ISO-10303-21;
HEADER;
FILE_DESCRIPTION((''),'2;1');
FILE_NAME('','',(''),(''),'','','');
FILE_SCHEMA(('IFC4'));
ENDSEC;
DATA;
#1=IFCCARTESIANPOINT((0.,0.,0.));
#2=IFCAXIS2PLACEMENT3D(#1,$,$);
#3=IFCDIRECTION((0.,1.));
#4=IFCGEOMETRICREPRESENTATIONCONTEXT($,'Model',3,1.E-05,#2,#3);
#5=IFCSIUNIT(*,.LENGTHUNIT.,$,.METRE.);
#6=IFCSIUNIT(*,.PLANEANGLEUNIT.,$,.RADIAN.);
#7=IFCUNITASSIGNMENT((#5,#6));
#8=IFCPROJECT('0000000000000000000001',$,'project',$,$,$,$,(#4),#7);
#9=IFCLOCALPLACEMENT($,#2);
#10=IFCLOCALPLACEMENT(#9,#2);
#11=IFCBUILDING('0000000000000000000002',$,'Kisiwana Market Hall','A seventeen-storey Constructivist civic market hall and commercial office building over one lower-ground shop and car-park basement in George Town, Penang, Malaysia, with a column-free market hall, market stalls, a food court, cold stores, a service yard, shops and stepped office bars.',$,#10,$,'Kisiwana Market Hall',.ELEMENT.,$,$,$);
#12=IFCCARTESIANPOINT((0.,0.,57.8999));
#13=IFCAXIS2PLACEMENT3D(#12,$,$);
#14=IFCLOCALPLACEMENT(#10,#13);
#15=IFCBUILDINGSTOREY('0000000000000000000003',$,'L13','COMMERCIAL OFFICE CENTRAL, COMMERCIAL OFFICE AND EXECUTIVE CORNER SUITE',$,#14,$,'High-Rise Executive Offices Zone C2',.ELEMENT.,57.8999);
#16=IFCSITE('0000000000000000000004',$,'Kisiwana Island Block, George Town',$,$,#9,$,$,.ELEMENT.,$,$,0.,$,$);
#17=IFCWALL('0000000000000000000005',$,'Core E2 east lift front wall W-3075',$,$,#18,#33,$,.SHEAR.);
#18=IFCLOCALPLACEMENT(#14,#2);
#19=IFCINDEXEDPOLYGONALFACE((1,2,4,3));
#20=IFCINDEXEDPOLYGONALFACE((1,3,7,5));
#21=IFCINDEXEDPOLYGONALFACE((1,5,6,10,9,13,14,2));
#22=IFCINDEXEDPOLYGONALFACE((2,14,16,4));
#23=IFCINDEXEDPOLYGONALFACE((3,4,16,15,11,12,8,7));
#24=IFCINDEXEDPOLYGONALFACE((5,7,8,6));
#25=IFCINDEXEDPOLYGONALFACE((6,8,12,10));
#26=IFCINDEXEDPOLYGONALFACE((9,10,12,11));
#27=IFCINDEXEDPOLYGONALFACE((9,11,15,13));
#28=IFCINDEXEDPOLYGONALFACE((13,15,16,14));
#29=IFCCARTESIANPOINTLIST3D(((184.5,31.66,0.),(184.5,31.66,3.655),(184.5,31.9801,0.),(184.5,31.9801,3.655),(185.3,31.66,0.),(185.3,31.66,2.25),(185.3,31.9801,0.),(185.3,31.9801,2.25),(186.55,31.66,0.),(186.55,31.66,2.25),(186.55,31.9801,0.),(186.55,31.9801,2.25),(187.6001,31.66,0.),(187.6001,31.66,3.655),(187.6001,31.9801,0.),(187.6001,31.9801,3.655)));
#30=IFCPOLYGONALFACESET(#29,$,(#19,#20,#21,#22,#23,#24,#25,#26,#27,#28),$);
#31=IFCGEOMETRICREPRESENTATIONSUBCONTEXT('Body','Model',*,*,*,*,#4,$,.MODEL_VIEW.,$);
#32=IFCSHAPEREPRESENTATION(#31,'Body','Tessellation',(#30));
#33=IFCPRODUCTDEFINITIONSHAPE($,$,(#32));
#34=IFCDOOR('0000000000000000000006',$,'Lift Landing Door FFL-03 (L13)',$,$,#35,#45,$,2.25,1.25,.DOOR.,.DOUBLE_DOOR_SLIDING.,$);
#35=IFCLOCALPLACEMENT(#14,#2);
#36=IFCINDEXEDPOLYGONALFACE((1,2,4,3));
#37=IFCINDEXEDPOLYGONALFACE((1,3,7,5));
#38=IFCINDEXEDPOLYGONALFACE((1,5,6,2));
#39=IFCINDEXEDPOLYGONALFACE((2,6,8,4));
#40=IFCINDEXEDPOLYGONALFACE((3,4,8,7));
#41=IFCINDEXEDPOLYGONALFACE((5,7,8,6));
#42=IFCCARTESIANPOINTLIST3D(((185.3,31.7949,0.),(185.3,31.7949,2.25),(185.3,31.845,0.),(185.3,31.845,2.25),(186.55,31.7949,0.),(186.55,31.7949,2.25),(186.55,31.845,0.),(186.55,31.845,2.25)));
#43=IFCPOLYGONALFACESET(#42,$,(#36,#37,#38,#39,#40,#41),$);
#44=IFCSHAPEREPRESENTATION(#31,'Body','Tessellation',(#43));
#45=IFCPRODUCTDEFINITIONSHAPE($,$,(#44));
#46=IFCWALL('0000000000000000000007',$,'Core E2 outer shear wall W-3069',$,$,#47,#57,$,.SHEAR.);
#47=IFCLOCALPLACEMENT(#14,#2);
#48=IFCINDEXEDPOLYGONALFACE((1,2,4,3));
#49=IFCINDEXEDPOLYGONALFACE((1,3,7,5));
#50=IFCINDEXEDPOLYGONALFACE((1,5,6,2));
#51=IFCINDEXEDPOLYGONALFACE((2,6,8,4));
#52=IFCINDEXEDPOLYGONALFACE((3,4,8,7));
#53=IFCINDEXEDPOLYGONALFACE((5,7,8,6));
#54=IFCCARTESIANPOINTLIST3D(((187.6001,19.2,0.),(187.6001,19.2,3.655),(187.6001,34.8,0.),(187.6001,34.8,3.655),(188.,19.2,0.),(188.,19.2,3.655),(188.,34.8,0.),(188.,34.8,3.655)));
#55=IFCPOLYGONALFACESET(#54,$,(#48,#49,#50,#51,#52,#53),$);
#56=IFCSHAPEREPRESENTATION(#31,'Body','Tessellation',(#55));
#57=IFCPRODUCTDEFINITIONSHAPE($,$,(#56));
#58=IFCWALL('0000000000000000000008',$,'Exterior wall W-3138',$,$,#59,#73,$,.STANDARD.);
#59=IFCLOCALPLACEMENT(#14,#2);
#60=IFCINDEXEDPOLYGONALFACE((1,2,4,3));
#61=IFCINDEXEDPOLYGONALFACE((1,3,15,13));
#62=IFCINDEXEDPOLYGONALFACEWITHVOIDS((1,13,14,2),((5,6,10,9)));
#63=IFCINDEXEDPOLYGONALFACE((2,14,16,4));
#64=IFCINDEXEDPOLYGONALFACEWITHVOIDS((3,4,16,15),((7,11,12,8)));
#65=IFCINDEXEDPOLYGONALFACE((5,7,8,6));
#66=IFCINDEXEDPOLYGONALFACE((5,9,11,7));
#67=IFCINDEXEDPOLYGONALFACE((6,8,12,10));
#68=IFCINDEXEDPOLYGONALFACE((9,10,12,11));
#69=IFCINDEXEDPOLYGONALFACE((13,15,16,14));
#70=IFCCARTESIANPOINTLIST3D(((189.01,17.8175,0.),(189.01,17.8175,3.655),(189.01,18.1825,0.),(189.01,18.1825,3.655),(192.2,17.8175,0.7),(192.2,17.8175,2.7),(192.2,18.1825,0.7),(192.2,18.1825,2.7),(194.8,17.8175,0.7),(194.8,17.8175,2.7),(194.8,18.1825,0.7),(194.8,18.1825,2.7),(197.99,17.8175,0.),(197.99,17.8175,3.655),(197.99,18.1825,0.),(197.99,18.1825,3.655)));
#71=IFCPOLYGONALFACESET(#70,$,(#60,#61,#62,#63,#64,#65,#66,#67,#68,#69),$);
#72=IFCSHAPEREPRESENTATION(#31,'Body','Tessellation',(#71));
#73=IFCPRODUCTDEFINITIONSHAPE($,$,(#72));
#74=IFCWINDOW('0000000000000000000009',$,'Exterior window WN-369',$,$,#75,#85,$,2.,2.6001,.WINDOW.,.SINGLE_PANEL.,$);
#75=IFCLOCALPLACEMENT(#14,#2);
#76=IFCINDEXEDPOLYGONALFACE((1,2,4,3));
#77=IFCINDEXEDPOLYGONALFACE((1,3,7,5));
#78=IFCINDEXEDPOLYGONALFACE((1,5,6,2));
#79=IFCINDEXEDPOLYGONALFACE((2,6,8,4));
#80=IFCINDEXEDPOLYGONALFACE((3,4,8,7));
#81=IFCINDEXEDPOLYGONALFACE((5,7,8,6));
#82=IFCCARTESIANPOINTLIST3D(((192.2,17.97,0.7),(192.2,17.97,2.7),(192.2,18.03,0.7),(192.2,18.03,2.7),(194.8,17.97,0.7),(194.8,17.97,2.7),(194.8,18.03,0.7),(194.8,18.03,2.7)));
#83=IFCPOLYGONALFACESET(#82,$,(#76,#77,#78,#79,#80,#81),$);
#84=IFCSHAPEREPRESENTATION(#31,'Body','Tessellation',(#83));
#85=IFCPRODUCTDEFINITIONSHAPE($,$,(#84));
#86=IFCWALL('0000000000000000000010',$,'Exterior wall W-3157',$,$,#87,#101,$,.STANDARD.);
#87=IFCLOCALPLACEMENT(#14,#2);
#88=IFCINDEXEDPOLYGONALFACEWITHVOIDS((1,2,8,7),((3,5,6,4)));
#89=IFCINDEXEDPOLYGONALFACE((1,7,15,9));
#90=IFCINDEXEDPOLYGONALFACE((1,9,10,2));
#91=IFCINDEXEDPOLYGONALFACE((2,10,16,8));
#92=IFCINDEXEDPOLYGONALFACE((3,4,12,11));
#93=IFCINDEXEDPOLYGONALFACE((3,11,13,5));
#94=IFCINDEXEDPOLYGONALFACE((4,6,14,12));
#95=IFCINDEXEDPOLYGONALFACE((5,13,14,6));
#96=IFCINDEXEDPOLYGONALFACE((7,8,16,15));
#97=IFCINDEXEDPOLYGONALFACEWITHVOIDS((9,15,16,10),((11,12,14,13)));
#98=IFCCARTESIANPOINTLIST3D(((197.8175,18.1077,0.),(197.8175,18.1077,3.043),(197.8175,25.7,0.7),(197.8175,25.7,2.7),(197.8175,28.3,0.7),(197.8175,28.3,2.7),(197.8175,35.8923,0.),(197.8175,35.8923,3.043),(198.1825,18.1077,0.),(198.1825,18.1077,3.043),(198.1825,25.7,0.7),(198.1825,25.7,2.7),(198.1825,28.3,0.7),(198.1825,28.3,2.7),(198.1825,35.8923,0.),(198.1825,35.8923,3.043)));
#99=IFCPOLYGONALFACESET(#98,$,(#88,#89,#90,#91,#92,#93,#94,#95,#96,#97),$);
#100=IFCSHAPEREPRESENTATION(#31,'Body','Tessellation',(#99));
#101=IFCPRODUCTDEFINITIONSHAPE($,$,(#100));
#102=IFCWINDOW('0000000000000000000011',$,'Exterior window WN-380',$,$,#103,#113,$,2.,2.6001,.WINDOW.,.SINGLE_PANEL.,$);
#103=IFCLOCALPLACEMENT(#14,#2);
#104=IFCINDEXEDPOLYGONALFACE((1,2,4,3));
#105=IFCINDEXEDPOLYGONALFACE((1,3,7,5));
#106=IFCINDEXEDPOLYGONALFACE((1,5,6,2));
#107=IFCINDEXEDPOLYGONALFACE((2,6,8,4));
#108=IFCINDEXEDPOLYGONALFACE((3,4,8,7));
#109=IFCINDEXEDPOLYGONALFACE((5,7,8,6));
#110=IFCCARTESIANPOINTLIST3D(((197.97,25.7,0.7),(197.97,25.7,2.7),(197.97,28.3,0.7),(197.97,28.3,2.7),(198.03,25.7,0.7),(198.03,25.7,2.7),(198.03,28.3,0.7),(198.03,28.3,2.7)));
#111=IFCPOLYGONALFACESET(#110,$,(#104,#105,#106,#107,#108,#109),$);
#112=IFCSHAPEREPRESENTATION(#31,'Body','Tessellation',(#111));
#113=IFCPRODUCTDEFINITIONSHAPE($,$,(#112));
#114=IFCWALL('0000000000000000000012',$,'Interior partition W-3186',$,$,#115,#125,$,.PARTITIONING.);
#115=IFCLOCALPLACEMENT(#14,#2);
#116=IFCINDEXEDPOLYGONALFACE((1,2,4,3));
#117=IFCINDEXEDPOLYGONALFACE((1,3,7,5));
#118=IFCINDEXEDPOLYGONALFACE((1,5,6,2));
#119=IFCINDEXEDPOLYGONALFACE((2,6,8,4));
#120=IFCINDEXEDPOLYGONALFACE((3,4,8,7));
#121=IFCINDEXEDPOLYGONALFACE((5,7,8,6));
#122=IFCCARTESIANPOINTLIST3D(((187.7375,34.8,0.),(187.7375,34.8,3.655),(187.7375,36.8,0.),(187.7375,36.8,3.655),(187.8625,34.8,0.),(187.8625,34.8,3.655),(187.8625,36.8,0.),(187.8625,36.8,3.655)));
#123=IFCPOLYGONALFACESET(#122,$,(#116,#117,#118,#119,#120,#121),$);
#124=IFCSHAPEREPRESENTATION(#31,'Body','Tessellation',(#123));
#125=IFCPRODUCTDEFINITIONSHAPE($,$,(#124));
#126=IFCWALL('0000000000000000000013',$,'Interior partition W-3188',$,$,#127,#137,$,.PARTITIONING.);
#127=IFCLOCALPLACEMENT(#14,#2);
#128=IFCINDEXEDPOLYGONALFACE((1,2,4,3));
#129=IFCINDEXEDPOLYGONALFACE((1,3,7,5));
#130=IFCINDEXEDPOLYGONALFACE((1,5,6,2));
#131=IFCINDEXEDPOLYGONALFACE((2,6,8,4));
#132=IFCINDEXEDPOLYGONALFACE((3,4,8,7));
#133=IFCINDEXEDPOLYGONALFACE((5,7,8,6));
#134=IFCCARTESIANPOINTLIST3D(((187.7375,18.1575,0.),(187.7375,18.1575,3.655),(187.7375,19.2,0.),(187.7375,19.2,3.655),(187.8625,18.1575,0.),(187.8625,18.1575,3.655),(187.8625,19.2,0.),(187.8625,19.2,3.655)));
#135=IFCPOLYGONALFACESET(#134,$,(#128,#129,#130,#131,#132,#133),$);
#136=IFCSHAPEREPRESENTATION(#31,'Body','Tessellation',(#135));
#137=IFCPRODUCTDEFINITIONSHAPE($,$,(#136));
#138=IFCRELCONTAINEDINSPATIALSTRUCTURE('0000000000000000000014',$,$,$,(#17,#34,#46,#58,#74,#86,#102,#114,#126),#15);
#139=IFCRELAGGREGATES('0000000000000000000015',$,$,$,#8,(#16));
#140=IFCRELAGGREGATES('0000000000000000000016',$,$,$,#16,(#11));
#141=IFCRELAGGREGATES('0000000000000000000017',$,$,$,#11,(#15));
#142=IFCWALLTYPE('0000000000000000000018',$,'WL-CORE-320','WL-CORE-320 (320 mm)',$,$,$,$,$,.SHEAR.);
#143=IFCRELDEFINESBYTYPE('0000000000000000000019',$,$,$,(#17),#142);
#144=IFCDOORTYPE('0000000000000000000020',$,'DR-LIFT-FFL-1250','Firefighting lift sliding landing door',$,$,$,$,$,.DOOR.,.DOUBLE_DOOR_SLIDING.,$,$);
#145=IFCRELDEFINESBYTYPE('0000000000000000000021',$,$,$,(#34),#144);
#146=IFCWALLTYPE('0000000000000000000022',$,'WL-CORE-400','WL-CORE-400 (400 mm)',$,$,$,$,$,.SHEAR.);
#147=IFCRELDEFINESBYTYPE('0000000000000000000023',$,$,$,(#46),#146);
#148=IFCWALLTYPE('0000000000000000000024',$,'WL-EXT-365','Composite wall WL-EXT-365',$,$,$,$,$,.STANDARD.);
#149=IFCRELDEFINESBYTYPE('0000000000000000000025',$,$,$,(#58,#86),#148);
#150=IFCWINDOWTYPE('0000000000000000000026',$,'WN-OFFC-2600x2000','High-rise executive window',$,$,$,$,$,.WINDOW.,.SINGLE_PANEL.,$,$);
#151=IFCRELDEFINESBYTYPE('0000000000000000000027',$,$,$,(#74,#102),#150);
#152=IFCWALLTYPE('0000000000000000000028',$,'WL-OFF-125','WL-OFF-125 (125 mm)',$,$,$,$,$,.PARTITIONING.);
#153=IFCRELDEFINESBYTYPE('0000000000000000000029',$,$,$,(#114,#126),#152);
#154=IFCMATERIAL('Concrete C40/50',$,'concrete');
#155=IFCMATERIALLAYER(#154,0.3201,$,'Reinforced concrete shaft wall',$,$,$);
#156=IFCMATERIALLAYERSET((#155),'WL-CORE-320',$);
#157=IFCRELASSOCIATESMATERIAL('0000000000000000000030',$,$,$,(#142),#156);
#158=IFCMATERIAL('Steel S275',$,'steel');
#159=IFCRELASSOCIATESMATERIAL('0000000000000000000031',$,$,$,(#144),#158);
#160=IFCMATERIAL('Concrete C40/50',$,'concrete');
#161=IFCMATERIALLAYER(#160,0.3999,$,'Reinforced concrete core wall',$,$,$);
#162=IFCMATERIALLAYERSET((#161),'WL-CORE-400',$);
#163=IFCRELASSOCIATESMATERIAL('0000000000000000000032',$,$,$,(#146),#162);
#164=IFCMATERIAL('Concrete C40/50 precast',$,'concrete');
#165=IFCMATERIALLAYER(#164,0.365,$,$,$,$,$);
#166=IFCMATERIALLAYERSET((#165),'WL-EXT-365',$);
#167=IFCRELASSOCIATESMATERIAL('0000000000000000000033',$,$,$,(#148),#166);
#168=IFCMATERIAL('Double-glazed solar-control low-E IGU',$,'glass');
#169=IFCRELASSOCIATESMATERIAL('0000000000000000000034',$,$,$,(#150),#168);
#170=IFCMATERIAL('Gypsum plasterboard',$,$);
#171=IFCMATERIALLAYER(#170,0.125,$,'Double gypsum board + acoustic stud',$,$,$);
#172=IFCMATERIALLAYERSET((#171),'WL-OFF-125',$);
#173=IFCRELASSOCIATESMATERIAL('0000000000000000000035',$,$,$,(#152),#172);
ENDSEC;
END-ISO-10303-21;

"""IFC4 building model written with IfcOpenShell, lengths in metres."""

from ifc_helpers import new_model, si_unit, direction, frame, frame_2d, origin, place, context, subcontext, project, spatial, rectangle, extrude, material, layer, layer_set, type_object, element, fill, save


model = new_model("IFC4")

# Units and contexts
model_context = context("Model", 3, precision=1e-05, world=origin(), true_north=direction((0.0, 1.0)))
body_context = subcontext(model_context, "Body", "Model", "MODEL_VIEW")
ifc_project = project(units=[si_unit("LENGTHUNIT", "METRE"), si_unit("PLANEANGLEUNIT", "RADIAN")], contexts=[model_context])

# Site, building, storey
site_placement = place(None, origin())
site = spatial("IfcSite", under=ifc_project, at=site_placement, Name="Kisiwana Island Block, George Town", CompositionType="ELEMENT", RefElevation=0.0)
building_placement = place(site_placement, origin())
building = spatial("IfcBuilding", under=site, at=building_placement, Name="Kisiwana Market Hall", Description="A seventeen-storey Constructivist civic market hall and commercial office building over one lower-ground shop and car-park basement in George Town, Penang, Malaysia, with a column-free market hall, market stalls, a food court, cold stores, a service yard, shops and stepped office bars.", LongName="Kisiwana Market Hall", CompositionType="ELEMENT")
storey_placement = place(building_placement, frame((0.0, 0.0, 57.8999)))
storey = spatial("IfcBuildingStorey", under=building, at=storey_placement, Name="L13", Description="COMMERCIAL OFFICE CENTRAL, COMMERCIAL OFFICE AND EXECUTIVE CORNER SUITE", LongName="High-Rise Executive Offices Zone C2", CompositionType="ELEMENT", Elevation=57.8999)

# Shared definitions
ifc_material_1 = material(Name="Concrete C40/50", Category="concrete")
ifc_layer_1 = layer(ifc_material_1, 0.3201, Name="Reinforced concrete shaft wall")
ifc_layer_set_1 = layer_set([ifc_layer_1], Name="WL-CORE-320")
wall_type_1 = type_object("IfcWallType", Name="WL-CORE-320", Description="WL-CORE-320 (320 mm)", PredefinedType="SHEAR", material=ifc_layer_set_1)

# Wall, opening, door
wall_1_placement = place(storey_placement, frame((184.5, 31.8201, 0.0), z_axis=(0.0, 0.0, 1.0), x_axis=(1.0, 0.0, 0.0)))
wall_1 = element("IfcWall", 1, at=wall_1_placement, inside=storey, type_object=wall_type_1, Name="Core E2 east lift front wall W-3075", PredefinedType="SHEAR", context=body_context, shape_type="SweptSolid", body=[
    extrude(rectangle(XDim=3.1001, YDim=0.3201, at=frame_2d((1.55, 0.0))), origin(), (0.0, 0.0, 1.0), 3.655),
])
opening_1_placement = place(wall_1_placement, frame((0.8, 0.0, 0.0)))
opening_1 = element("IfcOpeningElement", 2, at=opening_1_placement, cuts=wall_1, PredefinedType="OPENING", context=body_context, shape_type="SweptSolid", body=[
    extrude(rectangle(XDim=1.25, YDim=2.25, at=frame_2d((0.625, 1.125))), frame((0.0, 0.1719, 0.0), z_axis=(0.0, -1.0, 0.0), x_axis=(1.0, 0.0, 0.0)), (0.0, 0.0, 1.0), 0.344),
])
ifc_material_2 = material(Name="Steel S275", Category="steel")
door_type_1 = type_object("IfcDoorType", Name="DR-LIFT-FFL-1250", Description="Firefighting lift sliding landing door", OperationType="DOUBLE_DOOR_SLIDING", PredefinedType="DOOR", material=ifc_material_2)
door_1_placement = place(opening_1_placement, origin())
door_1 = element("IfcDoor", 3, at=door_1_placement, inside=storey, type_object=door_type_1, Name="Lift Landing Door FFL-03 (L13)", OperationType="DOUBLE_DOOR_SLIDING", OverallHeight=2.25, OverallWidth=1.25, PredefinedType="DOOR", context=body_context, shape_type="SweptSolid", body=[
    extrude(rectangle(XDim=1.25, YDim=2.25, at=frame_2d((0.625, 1.125))), frame((0.0, 0.0249, 0.0), z_axis=(0.0, -1.0, 0.0), x_axis=(1.0, 0.0, 0.0)), (0.0, 0.0, 1.0), 0.05),
])
fill(opening_1, door_1)

# Wall
ifc_material_3 = material(Name="Concrete C40/50", Category="concrete")
ifc_layer_2 = layer(ifc_material_3, 0.3999, Name="Reinforced concrete core wall")
ifc_layer_set_2 = layer_set([ifc_layer_2], Name="WL-CORE-400")
wall_type_2 = type_object("IfcWallType", Name="WL-CORE-400", Description="WL-CORE-400 (400 mm)", PredefinedType="SHEAR", material=ifc_layer_set_2)
wall_2_placement = place(storey_placement, frame((187.8, 19.2, 0.0), z_axis=(0.0, 0.0, 1.0), x_axis=(0.0, 1.0, 0.0)))
element("IfcWall", 4, at=wall_2_placement, inside=storey, type_object=wall_type_2, Name="Core E2 outer shear wall W-3069", PredefinedType="SHEAR", context=body_context, shape_type="SweptSolid", body=[
    extrude(rectangle(XDim=15.6001, YDim=0.3999, at=frame_2d((7.8, 0.0))), origin(), (0.0, 0.0, 1.0), 3.655),
])

# Walls, openings, windows
ifc_material_4 = material(Name="Concrete C40/50 precast", Category="concrete")
ifc_layer_3 = layer(ifc_material_4, 0.365)
ifc_layer_set_3 = layer_set([ifc_layer_3], Name="WL-EXT-365")
wall_type_3 = type_object("IfcWallType", Name="WL-EXT-365", Description="Composite wall WL-EXT-365", PredefinedType="STANDARD", material=ifc_layer_set_3)
wall_3_placement = place(storey_placement, frame((189.01, 18.0, 0.0), z_axis=(0.0, 0.0, 1.0), x_axis=(1.0, 0.0, 0.0)))
wall_3 = element("IfcWall", 5, at=wall_3_placement, inside=storey, type_object=wall_type_3, Name="Exterior wall W-3138", PredefinedType="STANDARD", context=body_context, shape_type="SweptSolid", body=[
    extrude(rectangle(XDim=8.98, YDim=0.365, at=frame_2d((4.49, 0.0))), origin(), (0.0, 0.0, 1.0), 3.655),
])
opening_2_placement = place(wall_3_placement, frame((3.1899, 0.0, 0.7)))
opening_2 = element("IfcOpeningElement", 6, at=opening_2_placement, cuts=wall_3, PredefinedType="OPENING", context=body_context, shape_type="SweptSolid", body=[
    extrude(rectangle(XDim=2.6001, YDim=2.0, at=frame_2d((1.3, 1.0))), frame((0.0, 0.1943, 0.0), z_axis=(0.0, -1.0, 0.0), x_axis=(1.0, 0.0, 0.0)), (0.0, 0.0, 1.0), 0.3889),
])
ifc_material_5 = material(Name="Double-glazed solar-control low-E IGU", Category="glass")
window_type = type_object("IfcWindowType", Name="WN-OFFC-2600x2000", Description="High-rise executive window", PartitioningType="SINGLE_PANEL", PredefinedType="WINDOW", material=ifc_material_5)
window_1_placement = place(opening_2_placement, origin())
window_1 = element("IfcWindow", 7, at=window_1_placement, inside=storey, type_object=window_type, Name="Exterior window WN-369", OverallHeight=2.0, OverallWidth=2.6001, PartitioningType="SINGLE_PANEL", PredefinedType="WINDOW", context=body_context, shape_type="SweptSolid", body=[
    extrude(rectangle(XDim=2.6001, YDim=2.0, at=frame_2d((1.3, 1.0))), frame((0.0, 0.03, 0.0), z_axis=(0.0, -1.0, 0.0), x_axis=(1.0, 0.0, 0.0)), (0.0, 0.0, 1.0), 0.0601),
])
fill(opening_2, window_1)
wall_4_placement = place(storey_placement, frame((198.0, 18.1077, 0.0), z_axis=(0.0, 0.0, 1.0), x_axis=(0.0, 1.0, 0.0)))
wall_4 = element("IfcWall", 8, at=wall_4_placement, inside=storey, type_object=wall_type_3, Name="Exterior wall W-3157", PredefinedType="STANDARD", context=body_context, shape_type="SweptSolid", body=[
    extrude(rectangle(XDim=17.7847, YDim=0.365, at=frame_2d((8.8923, 0.0))), origin(), (0.0, 0.0, 1.0), 3.043),
])
opening_3_placement = place(wall_4_placement, frame((7.5923, 0.0, 0.7)))
opening_3 = element("IfcOpeningElement", 9, at=opening_3_placement, cuts=wall_4, PredefinedType="OPENING", context=body_context, shape_type="SweptSolid", body=[
    extrude(rectangle(XDim=2.6001, YDim=2.0, at=frame_2d((1.3, 1.0))), frame((0.0, 0.1943, 0.0), z_axis=(0.0, -1.0, 0.0), x_axis=(1.0, 0.0, 0.0)), (0.0, 0.0, 1.0), 0.3889),
])
window_2_placement = place(opening_3_placement, origin())
window_2 = element("IfcWindow", 10, at=window_2_placement, inside=storey, type_object=window_type, Name="Exterior window WN-380", OverallHeight=2.0, OverallWidth=2.6001, PartitioningType="SINGLE_PANEL", PredefinedType="WINDOW", context=body_context, shape_type="SweptSolid", body=[
    extrude(rectangle(XDim=2.6001, YDim=2.0, at=frame_2d((1.3, 1.0))), frame((0.0, 0.03, 0.0), z_axis=(0.0, -1.0, 0.0), x_axis=(1.0, 0.0, 0.0)), (0.0, 0.0, 1.0), 0.0601),
])
fill(opening_3, window_2)

# Walls
ifc_material_6 = material(Name="Gypsum plasterboard")
ifc_layer_4 = layer(ifc_material_6, 0.125, Name="Double gypsum board + acoustic stud")
ifc_layer_set_4 = layer_set([ifc_layer_4], Name="WL-OFF-125")
wall_type_4 = type_object("IfcWallType", Name="WL-OFF-125", Description="WL-OFF-125 (125 mm)", PredefinedType="PARTITIONING", material=ifc_layer_set_4)
wall_5_placement = place(storey_placement, frame((187.8, 34.8, 0.0), z_axis=(0.0, 0.0, 1.0), x_axis=(0.0, 1.0, 0.0)))
element("IfcWall", 11, at=wall_5_placement, inside=storey, type_object=wall_type_4, Name="Interior partition W-3186", PredefinedType="PARTITIONING", context=body_context, shape_type="SweptSolid", body=[
    extrude(rectangle(XDim=2.0, YDim=0.125, at=frame_2d((1.0, 0.0))), origin(), (0.0, 0.0, 1.0), 3.655),
])
wall_6_placement = place(storey_placement, frame((187.8, 18.1575, 0.0), z_axis=(0.0, 0.0, 1.0), x_axis=(0.0, 1.0, 0.0)))
element("IfcWall", 12, at=wall_6_placement, inside=storey, type_object=wall_type_4, Name="Interior partition W-3188", PredefinedType="PARTITIONING", context=body_context, shape_type="SweptSolid", body=[
    extrude(rectangle(XDim=1.0425, YDim=0.125, at=frame_2d((0.5212, 0.0))), origin(), (0.0, 0.0, 1.0), 3.655),
])

save(model, "model.ifc")
